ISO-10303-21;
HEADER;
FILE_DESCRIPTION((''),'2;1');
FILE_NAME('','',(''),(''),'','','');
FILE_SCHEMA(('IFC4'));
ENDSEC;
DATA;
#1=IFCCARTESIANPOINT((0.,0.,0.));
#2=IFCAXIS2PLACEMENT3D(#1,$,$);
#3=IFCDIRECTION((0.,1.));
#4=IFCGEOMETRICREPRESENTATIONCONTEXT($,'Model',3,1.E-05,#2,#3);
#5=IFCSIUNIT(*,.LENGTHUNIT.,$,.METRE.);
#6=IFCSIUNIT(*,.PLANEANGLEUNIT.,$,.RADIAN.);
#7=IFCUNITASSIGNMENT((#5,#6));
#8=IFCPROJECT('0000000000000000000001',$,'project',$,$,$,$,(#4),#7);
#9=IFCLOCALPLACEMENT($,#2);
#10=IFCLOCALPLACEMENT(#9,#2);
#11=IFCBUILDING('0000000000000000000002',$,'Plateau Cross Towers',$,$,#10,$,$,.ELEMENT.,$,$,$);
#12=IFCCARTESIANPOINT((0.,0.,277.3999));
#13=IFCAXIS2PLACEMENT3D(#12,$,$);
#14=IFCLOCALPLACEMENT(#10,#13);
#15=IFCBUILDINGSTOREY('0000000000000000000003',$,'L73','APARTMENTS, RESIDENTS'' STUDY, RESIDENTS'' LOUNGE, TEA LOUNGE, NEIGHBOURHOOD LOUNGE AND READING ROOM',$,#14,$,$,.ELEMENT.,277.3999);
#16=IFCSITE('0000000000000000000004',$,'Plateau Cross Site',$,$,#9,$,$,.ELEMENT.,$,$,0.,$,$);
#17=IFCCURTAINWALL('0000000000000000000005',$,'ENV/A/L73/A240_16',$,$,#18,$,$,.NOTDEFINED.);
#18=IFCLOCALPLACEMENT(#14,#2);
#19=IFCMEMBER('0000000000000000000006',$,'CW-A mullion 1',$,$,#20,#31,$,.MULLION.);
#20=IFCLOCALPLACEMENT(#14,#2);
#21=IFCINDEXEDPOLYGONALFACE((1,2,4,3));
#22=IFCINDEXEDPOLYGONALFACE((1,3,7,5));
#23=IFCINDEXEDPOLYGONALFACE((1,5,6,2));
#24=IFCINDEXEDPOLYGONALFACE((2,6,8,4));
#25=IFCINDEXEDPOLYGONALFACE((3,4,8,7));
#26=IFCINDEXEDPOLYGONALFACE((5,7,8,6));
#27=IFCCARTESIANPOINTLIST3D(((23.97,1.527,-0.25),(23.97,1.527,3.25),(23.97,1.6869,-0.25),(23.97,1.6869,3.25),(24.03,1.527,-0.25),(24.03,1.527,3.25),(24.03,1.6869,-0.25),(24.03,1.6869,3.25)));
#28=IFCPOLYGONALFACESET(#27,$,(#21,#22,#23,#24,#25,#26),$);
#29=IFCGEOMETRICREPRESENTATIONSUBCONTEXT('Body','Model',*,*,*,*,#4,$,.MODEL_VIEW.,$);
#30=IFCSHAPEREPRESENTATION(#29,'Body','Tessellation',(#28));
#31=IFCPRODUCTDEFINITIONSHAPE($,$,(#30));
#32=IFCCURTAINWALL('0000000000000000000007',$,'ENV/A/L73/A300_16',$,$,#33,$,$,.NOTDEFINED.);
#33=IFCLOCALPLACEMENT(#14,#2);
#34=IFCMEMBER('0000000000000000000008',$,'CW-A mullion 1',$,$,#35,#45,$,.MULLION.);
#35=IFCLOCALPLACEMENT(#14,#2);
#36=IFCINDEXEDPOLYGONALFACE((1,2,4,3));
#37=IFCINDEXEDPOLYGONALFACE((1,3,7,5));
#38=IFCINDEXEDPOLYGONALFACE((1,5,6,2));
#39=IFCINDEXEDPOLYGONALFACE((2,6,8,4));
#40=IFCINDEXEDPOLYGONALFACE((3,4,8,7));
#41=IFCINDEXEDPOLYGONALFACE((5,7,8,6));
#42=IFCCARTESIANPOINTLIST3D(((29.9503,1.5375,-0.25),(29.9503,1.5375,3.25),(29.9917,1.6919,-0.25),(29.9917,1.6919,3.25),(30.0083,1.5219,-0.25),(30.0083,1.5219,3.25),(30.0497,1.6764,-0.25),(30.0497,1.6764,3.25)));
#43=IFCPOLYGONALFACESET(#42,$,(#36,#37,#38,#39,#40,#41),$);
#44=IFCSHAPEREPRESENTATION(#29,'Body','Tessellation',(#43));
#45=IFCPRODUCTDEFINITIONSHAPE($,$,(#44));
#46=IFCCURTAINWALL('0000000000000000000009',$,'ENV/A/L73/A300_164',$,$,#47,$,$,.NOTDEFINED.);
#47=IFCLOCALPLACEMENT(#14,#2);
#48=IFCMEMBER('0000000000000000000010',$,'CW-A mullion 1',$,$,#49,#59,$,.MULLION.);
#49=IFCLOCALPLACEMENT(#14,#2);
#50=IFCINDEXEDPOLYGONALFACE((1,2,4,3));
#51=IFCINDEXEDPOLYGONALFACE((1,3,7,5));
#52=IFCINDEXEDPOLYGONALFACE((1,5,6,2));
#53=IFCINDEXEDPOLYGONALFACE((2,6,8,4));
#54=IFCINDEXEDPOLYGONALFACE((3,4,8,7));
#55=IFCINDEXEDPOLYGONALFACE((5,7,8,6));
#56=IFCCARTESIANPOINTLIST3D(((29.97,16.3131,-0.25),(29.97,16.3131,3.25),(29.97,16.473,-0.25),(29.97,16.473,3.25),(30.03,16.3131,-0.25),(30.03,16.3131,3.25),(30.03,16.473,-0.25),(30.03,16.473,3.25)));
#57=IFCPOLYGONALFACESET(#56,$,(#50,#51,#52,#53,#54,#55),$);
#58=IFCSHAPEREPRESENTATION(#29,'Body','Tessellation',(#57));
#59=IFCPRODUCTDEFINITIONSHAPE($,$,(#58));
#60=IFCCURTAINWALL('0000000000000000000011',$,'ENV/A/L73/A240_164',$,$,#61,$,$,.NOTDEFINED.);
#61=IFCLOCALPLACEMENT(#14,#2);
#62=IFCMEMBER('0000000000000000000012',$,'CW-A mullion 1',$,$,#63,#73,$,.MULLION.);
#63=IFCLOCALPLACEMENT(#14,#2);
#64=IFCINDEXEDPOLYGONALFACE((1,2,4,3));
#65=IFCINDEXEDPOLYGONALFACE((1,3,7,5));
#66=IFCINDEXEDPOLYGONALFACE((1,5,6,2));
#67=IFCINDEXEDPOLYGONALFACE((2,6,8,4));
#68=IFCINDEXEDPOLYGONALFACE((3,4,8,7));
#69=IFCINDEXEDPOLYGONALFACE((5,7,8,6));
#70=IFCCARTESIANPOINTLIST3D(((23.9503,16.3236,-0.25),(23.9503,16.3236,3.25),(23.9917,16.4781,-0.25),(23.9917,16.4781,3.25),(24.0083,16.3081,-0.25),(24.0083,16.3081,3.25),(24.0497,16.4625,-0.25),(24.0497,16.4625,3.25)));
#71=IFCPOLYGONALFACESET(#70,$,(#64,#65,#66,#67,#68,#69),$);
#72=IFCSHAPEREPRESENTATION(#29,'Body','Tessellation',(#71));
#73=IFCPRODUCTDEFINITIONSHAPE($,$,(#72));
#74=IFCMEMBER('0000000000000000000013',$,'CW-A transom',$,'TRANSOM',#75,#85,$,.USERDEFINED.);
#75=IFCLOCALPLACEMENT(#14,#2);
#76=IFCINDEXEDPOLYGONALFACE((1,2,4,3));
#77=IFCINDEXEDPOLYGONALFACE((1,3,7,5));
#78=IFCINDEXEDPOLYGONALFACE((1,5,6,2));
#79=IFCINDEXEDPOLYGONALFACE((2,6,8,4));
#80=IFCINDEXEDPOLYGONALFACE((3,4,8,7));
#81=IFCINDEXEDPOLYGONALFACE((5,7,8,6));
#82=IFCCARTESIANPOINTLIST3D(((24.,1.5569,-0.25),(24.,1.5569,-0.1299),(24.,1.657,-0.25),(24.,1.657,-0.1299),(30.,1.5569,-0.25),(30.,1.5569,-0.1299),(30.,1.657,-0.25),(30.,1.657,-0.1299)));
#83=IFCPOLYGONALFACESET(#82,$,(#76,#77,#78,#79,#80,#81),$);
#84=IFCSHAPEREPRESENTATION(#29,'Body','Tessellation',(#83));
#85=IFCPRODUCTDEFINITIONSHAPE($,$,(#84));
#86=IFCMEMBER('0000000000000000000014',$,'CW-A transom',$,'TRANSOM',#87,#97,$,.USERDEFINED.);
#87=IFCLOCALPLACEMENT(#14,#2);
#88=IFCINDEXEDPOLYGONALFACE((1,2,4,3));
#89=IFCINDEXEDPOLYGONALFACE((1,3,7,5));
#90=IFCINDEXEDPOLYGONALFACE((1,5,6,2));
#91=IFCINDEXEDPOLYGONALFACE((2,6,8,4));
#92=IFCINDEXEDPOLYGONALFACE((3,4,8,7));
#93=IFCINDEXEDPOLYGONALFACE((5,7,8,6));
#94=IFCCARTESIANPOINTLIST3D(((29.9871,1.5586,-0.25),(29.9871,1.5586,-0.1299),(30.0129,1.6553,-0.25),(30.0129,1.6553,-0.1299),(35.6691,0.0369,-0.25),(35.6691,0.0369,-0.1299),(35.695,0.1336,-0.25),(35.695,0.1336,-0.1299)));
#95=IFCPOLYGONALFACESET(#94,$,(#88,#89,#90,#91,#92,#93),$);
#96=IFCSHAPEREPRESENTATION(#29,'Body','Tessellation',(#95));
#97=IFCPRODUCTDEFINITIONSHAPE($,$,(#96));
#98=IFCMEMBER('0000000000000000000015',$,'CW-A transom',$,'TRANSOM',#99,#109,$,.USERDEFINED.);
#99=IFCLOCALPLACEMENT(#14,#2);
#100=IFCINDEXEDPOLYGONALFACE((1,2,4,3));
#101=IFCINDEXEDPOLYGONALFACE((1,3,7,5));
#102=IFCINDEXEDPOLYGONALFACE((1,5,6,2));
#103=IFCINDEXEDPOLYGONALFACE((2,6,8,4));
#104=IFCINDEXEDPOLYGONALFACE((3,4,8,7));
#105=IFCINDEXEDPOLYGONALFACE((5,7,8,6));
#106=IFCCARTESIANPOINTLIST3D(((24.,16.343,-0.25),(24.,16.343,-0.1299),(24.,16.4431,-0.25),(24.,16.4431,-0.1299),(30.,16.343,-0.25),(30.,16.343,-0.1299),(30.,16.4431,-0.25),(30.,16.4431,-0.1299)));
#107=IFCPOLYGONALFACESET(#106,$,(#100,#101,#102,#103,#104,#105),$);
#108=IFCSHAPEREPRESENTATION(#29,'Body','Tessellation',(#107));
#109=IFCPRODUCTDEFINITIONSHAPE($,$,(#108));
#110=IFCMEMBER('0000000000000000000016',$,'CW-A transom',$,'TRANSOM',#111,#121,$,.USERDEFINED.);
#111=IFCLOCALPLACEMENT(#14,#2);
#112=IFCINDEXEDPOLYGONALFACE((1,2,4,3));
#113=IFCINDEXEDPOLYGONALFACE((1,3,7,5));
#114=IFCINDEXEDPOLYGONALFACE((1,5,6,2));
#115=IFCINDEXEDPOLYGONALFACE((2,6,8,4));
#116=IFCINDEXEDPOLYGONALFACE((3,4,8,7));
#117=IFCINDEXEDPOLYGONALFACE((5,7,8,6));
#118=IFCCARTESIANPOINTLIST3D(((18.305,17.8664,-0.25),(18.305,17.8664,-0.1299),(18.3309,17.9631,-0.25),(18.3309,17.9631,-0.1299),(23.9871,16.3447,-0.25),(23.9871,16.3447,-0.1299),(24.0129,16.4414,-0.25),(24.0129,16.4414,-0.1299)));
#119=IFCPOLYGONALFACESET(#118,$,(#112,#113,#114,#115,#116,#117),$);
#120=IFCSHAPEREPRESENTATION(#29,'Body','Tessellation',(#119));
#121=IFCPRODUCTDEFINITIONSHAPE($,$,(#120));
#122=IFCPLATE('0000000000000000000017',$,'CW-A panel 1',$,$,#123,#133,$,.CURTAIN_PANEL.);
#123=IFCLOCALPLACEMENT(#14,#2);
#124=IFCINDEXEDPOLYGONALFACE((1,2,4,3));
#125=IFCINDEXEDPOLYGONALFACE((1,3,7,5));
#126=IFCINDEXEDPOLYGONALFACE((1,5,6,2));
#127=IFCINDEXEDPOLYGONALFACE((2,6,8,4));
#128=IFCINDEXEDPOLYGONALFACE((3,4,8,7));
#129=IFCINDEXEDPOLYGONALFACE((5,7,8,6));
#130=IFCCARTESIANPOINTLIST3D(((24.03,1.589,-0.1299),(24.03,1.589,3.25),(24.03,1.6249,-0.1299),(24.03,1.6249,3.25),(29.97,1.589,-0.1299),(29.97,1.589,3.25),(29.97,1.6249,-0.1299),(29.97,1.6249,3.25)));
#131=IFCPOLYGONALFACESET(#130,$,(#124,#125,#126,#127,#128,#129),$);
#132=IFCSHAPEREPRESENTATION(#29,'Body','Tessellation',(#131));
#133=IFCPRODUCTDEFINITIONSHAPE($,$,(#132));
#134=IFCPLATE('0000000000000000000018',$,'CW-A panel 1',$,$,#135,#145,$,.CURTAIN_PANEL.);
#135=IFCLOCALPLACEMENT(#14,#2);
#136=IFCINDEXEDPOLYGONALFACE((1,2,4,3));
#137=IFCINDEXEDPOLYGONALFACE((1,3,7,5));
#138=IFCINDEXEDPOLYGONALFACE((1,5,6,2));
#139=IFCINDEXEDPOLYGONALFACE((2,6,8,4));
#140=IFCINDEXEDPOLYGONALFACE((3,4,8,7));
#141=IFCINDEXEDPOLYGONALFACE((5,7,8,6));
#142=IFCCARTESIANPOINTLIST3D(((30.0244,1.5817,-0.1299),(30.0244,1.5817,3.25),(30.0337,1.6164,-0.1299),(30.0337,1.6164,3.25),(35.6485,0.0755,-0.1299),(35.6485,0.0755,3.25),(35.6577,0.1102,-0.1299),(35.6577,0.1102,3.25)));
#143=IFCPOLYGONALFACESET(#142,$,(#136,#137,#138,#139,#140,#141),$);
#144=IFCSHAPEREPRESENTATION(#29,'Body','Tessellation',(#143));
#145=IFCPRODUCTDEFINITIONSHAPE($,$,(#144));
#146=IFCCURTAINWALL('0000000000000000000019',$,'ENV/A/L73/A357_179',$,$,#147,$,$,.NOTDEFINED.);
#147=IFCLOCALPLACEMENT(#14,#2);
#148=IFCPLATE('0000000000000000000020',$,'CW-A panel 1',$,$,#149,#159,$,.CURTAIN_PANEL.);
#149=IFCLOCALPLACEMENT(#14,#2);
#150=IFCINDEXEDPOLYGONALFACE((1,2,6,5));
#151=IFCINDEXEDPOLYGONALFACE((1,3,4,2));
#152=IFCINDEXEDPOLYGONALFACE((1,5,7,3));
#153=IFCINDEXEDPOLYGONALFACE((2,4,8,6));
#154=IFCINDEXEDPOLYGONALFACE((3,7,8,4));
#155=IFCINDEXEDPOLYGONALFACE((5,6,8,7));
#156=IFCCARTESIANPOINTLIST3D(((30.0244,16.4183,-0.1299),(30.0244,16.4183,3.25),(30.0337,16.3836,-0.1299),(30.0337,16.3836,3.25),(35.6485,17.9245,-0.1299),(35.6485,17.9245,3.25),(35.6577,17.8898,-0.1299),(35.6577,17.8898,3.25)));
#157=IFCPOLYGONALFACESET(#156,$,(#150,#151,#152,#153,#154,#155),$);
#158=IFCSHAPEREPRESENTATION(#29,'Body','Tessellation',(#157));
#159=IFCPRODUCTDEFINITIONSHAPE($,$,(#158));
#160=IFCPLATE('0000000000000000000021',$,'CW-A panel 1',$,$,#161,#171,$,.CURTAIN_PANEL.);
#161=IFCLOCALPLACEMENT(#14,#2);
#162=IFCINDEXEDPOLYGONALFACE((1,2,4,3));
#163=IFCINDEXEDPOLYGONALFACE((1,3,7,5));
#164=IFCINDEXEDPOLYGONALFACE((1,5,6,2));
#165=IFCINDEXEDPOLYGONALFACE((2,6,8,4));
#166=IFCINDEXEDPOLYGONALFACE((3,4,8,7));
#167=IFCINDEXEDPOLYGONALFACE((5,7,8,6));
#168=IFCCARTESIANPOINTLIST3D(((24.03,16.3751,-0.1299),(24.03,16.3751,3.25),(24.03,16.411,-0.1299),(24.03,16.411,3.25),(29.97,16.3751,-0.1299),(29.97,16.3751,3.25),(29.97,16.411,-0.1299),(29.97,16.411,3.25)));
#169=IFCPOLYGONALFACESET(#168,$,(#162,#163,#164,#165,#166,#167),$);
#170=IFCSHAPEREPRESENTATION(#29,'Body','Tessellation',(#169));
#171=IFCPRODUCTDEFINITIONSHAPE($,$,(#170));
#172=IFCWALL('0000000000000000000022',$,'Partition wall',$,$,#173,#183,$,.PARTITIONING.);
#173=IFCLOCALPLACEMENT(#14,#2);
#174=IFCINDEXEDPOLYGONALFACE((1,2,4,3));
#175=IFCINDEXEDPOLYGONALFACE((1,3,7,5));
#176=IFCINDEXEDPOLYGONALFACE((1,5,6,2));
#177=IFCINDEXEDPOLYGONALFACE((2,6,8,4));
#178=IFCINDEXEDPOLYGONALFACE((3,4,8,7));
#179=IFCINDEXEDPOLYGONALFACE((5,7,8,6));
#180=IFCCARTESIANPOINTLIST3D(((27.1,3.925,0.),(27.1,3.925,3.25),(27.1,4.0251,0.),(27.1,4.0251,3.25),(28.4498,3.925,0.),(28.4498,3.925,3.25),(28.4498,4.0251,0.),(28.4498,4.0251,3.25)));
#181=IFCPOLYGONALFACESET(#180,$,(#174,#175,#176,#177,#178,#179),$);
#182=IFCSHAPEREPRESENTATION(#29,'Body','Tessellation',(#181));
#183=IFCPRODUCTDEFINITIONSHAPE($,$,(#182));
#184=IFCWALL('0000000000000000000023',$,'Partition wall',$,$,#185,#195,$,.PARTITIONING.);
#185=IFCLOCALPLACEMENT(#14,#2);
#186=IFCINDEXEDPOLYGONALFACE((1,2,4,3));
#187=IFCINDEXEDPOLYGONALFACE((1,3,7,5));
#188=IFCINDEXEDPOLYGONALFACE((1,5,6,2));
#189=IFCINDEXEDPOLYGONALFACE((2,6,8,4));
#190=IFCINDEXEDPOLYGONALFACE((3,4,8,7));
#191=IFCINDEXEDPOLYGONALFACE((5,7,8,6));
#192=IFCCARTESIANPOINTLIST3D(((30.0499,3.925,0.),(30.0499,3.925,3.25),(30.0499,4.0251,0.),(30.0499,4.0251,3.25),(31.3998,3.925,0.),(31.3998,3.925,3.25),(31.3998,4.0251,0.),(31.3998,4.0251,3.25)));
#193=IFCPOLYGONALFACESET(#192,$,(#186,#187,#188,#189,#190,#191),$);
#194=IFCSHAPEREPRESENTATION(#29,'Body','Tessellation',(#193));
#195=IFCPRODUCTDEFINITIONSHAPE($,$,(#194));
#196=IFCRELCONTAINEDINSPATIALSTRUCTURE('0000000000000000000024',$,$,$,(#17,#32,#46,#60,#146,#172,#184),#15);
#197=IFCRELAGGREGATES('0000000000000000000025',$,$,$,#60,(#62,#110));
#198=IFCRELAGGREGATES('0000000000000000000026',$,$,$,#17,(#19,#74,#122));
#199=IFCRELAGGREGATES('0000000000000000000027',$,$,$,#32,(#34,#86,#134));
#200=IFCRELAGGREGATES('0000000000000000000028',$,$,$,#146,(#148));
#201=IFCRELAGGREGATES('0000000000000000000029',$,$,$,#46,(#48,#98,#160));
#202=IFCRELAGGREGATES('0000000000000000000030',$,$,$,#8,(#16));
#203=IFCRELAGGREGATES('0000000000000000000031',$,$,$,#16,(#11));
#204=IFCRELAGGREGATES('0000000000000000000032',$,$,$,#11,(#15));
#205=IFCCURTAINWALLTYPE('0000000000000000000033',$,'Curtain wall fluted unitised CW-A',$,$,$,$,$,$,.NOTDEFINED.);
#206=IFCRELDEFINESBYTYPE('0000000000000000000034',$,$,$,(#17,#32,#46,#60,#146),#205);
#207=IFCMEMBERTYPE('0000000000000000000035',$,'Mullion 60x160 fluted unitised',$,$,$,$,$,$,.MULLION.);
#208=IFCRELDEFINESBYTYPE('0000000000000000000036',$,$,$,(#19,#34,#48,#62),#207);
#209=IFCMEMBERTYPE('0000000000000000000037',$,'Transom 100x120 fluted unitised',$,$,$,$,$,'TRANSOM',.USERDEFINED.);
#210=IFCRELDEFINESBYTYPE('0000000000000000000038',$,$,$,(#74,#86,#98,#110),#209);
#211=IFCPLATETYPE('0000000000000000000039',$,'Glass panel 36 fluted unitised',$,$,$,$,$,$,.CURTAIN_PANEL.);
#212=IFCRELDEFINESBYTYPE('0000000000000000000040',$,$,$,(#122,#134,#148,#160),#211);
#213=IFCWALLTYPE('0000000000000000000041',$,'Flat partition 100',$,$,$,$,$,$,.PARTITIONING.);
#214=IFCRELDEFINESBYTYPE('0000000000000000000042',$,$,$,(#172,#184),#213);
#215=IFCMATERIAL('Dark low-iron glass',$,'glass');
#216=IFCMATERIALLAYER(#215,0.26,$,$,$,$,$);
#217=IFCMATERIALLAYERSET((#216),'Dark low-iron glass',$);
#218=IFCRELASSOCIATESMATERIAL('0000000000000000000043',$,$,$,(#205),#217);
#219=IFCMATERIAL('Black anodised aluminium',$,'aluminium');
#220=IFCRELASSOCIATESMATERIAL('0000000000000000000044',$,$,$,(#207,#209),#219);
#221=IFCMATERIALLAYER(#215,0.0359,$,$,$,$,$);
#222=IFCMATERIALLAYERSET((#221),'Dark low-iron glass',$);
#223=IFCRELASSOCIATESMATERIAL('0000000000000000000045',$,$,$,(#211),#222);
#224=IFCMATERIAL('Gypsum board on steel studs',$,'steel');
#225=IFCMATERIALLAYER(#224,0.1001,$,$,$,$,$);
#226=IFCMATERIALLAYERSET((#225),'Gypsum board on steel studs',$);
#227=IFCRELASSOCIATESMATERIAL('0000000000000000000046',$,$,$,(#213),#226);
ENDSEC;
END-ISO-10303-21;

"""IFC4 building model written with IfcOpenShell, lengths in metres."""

from ifc_helpers import new_model, si_unit, direction, frame, frame_2d, origin, origin_2d, place, context, subcontext, project, spatial, rectangle, extrude, material, layer, layer_set, material_profile, profile_set, type_object, element, aggregate, save


model = new_model("IFC4")

# Units and contexts
model_context = context("Model", 3, precision=1e-05, world=origin(), true_north=direction((0.0, 1.0)))
body_context = subcontext(model_context, "Body", "Model", "MODEL_VIEW")
ifc_project = project(units=[si_unit("LENGTHUNIT", "METRE"), si_unit("PLANEANGLEUNIT", "RADIAN")], contexts=[model_context])

# Site, building, storey
site_placement = place(None, origin())
site = spatial("IfcSite", under=ifc_project, at=site_placement, Name="Plateau Cross Site", CompositionType="ELEMENT", RefElevation=0.0)
building_placement = place(site_placement, origin())
building = spatial("IfcBuilding", under=site, at=building_placement, Name="Plateau Cross Towers", CompositionType="ELEMENT")
storey_placement = place(building_placement, frame((0.0, 0.0, 277.3999)))
storey = spatial("IfcBuildingStorey", under=building, at=storey_placement, Name="L73", Description="APARTMENTS, RESIDENTS' STUDY, RESIDENTS' LOUNGE, TEA LOUNGE, NEIGHBOURHOOD LOUNGE AND READING ROOM", CompositionType="ELEMENT", Elevation=277.3999)

# Curtain walls, members
ifc_material_1 = material(Name="Dark low-iron glass", Category="glass")
ifc_layer_1 = layer(ifc_material_1, 0.26)
ifc_layer_set_1 = layer_set([ifc_layer_1], Name="Dark low-iron glass")
curtain_wall_type = type_object("IfcCurtainWallType", Name="Curtain wall fluted unitised CW-A", PredefinedType="NOTDEFINED", material=ifc_layer_set_1)
curtain_wall_1_placement = place(storey_placement, origin())
curtain_wall_1 = element("IfcCurtainWall", 1, at=curtain_wall_1_placement, inside=storey, type_object=curtain_wall_type, Name="ENV/A/L73/A240_16", PredefinedType="NOTDEFINED")
ifc_material_2 = material(Name="Black anodised aluminium", Category="aluminium")
ifc_material_profile_1 = material_profile(ifc_material_2, rectangle(XDim=0.0601, YDim=0.1599, at=origin_2d()), Name="MULLION 60x160")
ifc_profile_set_1 = profile_set([ifc_material_profile_1], Name="Black anodised aluminium")
member_type_1 = type_object("IfcMemberType", Name="Mullion 60x160 fluted unitised", PredefinedType="MULLION", material=ifc_profile_set_1)
member_1_placement = place(storey_placement, frame((24.0, 1.6069, -0.25), z_axis=(0.0, 0.0, 1.0), x_axis=(1.0, 0.0, 0.0)))
member_1 = element("IfcMember", 2, at=member_1_placement, type_object=member_type_1, Name="CW-A mullion 1", PredefinedType="MULLION", context=body_context, shape_type="SweptSolid", body=[
    extrude(rectangle(XDim=0.0601, YDim=0.1599, at=origin_2d()), origin(), (0.0, 0.0, 1.0), 3.5),
])
curtain_wall_2_placement = place(storey_placement, origin())
curtain_wall_2 = element("IfcCurtainWall", 3, at=curtain_wall_2_placement, inside=storey, type_object=curtain_wall_type, Name="ENV/A/L73/A300_16", PredefinedType="NOTDEFINED")
member_2_placement = place(storey_placement, frame((30.0, 1.6069, -0.25), z_axis=(0.0, 0.0, 1.0), x_axis=(0.965958, -0.258699, 0.0)))
member_2 = element("IfcMember", 4, at=member_2_placement, type_object=member_type_1, Name="CW-A mullion 1", PredefinedType="MULLION", context=body_context, shape_type="SweptSolid", body=[
    extrude(rectangle(XDim=0.0601, YDim=0.1599, at=origin_2d()), origin(), (0.0, 0.0, 1.0), 3.5),
])
curtain_wall_3_placement = place(storey_placement, origin())
curtain_wall_3 = element("IfcCurtainWall", 5, at=curtain_wall_3_placement, inside=storey, type_object=curtain_wall_type, Name="ENV/A/L73/A300_164", PredefinedType="NOTDEFINED")
member_3_placement = place(storey_placement, frame((30.0, 16.3931, -0.25), z_axis=(0.0, 0.0, 1.0), x_axis=(-1.0, 0.0, 0.0)))
member_3 = element("IfcMember", 6, at=member_3_placement, type_object=member_type_1, Name="CW-A mullion 1", PredefinedType="MULLION", context=body_context, shape_type="SweptSolid", body=[
    extrude(rectangle(XDim=0.0601, YDim=0.1599, at=origin_2d()), origin(), (0.0, 0.0, 1.0), 3.5),
])
curtain_wall_4_placement = place(storey_placement, origin())
curtain_wall_4 = element("IfcCurtainWall", 7, at=curtain_wall_4_placement, inside=storey, type_object=curtain_wall_type, Name="ENV/A/L73/A240_164", PredefinedType="NOTDEFINED")
member_4_placement = place(storey_placement, frame((24.0, 16.3931, -0.25), z_axis=(0.0, 0.0, 1.0), x_axis=(-0.965958, 0.258699, 0.0)))
member_4 = element("IfcMember", 8, at=member_4_placement, type_object=member_type_1, Name="CW-A mullion 1", PredefinedType="MULLION", context=body_context, shape_type="SweptSolid", body=[
    extrude(rectangle(XDim=0.0601, YDim=0.1599, at=origin_2d()), origin(), (0.0, 0.0, 1.0), 3.5),
])

# Members
ifc_material_profile_2 = material_profile(ifc_material_2, rectangle(XDim=0.1001, YDim=0.1201, at=origin_2d()), Name="TRANSOM 100x120")
ifc_profile_set_2 = profile_set([ifc_material_profile_2], Name="Black anodised aluminium")
member_type_2 = type_object("IfcMemberType", Name="Transom 100x120 fluted unitised", ElementType="TRANSOM", PredefinedType="USERDEFINED", material=ifc_profile_set_2)
member_5_placement = place(storey_placement, frame((24.0, 1.6069, -0.1899), z_axis=(1.0, 0.0, 0.0), x_axis=(0.0, 1.0, 0.0)))
member_5 = element("IfcMember", 9, at=member_5_placement, type_object=member_type_2, Name="CW-A transom", ObjectType="TRANSOM", PredefinedType="USERDEFINED", context=body_context, shape_type="SweptSolid", body=[
    extrude(rectangle(XDim=0.1001, YDim=0.1201, at=origin_2d()), origin(), (0.0, 0.0, 1.0), 6.0),
])
member_6_placement = place(storey_placement, frame((30.0, 1.6069, -0.1899), z_axis=(0.96596, -0.258693, 0.0), x_axis=(0.258693, 0.96596, 0.0)))
member_6 = element("IfcMember", 10, at=member_6_placement, type_object=member_type_2, Name="CW-A transom", ObjectType="TRANSOM", PredefinedType="USERDEFINED", context=body_context, shape_type="SweptSolid", body=[
    extrude(rectangle(XDim=0.1001, YDim=0.1201, at=origin_2d()), origin(), (0.0, 0.0, 1.0), 5.8823),
])
member_7_placement = place(storey_placement, frame((30.0, 16.3931, -0.1899), z_axis=(-1.0, 0.0, 0.0), x_axis=(0.0, -1.0, 0.0)))
member_7 = element("IfcMember", 11, at=member_7_placement, type_object=member_type_2, Name="CW-A transom", ObjectType="TRANSOM", PredefinedType="USERDEFINED", context=body_context, shape_type="SweptSolid", body=[
    extrude(rectangle(XDim=0.1001, YDim=0.1201, at=origin_2d()), origin(), (0.0, 0.0, 1.0), 6.0),
])
member_8_placement = place(storey_placement, frame((24.0, 16.3931, -0.1899), z_axis=(-0.96596, 0.258693, 0.0), x_axis=(-0.258693, -0.96596, 0.0)))
member_8 = element("IfcMember", 12, at=member_8_placement, type_object=member_type_2, Name="CW-A transom", ObjectType="TRANSOM", PredefinedType="USERDEFINED", context=body_context, shape_type="SweptSolid", body=[
    extrude(rectangle(XDim=0.1001, YDim=0.1201, at=origin_2d()), origin(), (0.0, 0.0, 1.0), 5.8823),
])
aggregate(curtain_wall_4, [member_4, member_8])

# Plates
ifc_layer_2 = layer(ifc_material_1, 0.0359)
ifc_layer_set_2 = layer_set([ifc_layer_2], Name="Dark low-iron glass")
plate_type = type_object("IfcPlateType", Name="Glass panel 36 fluted unitised", PredefinedType="CURTAIN_PANEL", material=ifc_layer_set_2)
plate_1_placement = place(storey_placement, frame((27.0, 1.6069, -0.1299), z_axis=(0.0, 0.0, 1.0), x_axis=(1.0, 0.0, 0.0)))
plate_1 = element("IfcPlate", 13, at=plate_1_placement, type_object=plate_type, Name="CW-A panel 1", PredefinedType="CURTAIN_PANEL", context=body_context, shape_type="SweptSolid", body=[
    extrude(rectangle(XDim=5.9399, YDim=0.0359, at=origin_2d()), origin(), (0.0, 0.0, 1.0), 3.3799),
])
aggregate(curtain_wall_1, [member_1, member_5, plate_1])
plate_2_placement = place(storey_placement, frame((32.8411, 0.8459, -0.1299), z_axis=(0.0, 0.0, 1.0), x_axis=(0.965958, -0.258699, 0.0)))
plate_2 = element("IfcPlate", 14, at=plate_2_placement, type_object=plate_type, Name="CW-A panel 1", PredefinedType="CURTAIN_PANEL", context=body_context, shape_type="SweptSolid", body=[
    extrude(rectangle(XDim=5.8223, YDim=0.0359, at=origin_2d()), origin(), (0.0, 0.0, 1.0), 3.3799),
])
aggregate(curtain_wall_2, [member_2, member_6, plate_2])

# Curtain wall, plate
curtain_wall_5_placement = place(storey_placement, origin())
curtain_wall_5 = element("IfcCurtainWall", 15, at=curtain_wall_5_placement, inside=storey, type_object=curtain_wall_type, Name="ENV/A/L73/A357_179", PredefinedType="NOTDEFINED")
plate_3_placement = place(storey_placement, frame((32.8411, 17.1541, -0.1299), z_axis=(0.0, 0.0, 1.0), x_axis=(-0.965958, -0.258699, 0.0)))
plate_3 = element("IfcPlate", 16, at=plate_3_placement, type_object=plate_type, Name="CW-A panel 1", PredefinedType="CURTAIN_PANEL", context=body_context, shape_type="SweptSolid", body=[
    extrude(rectangle(XDim=5.8223, YDim=0.0359, at=origin_2d()), origin(), (0.0, 0.0, 1.0), 3.3799),
])
aggregate(curtain_wall_5, [plate_3])

# Plate
plate_4_placement = place(storey_placement, frame((27.0, 16.3931, -0.1299), z_axis=(0.0, 0.0, 1.0), x_axis=(-1.0, 0.0, 0.0)))
plate_4 = element("IfcPlate", 17, at=plate_4_placement, type_object=plate_type, Name="CW-A panel 1", PredefinedType="CURTAIN_PANEL", context=body_context, shape_type="SweptSolid", body=[
    extrude(rectangle(XDim=5.9399, YDim=0.0359, at=origin_2d()), origin(), (0.0, 0.0, 1.0), 3.3799),
])
aggregate(curtain_wall_3, [member_3, member_7, plate_4])

# Walls
ifc_material_3 = material(Name="Gypsum board on steel studs", Category="steel")
ifc_layer_3 = layer(ifc_material_3, 0.1001)
ifc_layer_set_3 = layer_set([ifc_layer_3], Name="Gypsum board on steel studs")
wall_type_1 = type_object("IfcWallType", Name="Flat partition 100", PredefinedType="PARTITIONING", material=ifc_layer_set_3)
for number, where, z_axis, x_axis, name in (
    (18, (27.1001, 3.9751, 0.0), (0.0, 0.0, 1.0), (1.0, 0.0, 0.0), "Partition wall"),
    (19, (30.05, 3.9751, 0.0), (0.0, 0.0, 1.0), (1.0, 0.0, 0.0), "Partition wall"),
):
    element("IfcWall", number, at=place(storey_placement, frame(where, z_axis=z_axis, x_axis=x_axis)), inside=storey, type_object=wall_type_1, Name=name, PredefinedType="PARTITIONING", context=body_context, shape_type="SweptSolid", body=[
        extrude(rectangle(XDim=1.3499, YDim=0.1001, at=frame_2d((0.6748, 0.0))), origin(), (0.0, 0.0, 1.0), 3.25),
    ])

save(model, "model.ifc")
